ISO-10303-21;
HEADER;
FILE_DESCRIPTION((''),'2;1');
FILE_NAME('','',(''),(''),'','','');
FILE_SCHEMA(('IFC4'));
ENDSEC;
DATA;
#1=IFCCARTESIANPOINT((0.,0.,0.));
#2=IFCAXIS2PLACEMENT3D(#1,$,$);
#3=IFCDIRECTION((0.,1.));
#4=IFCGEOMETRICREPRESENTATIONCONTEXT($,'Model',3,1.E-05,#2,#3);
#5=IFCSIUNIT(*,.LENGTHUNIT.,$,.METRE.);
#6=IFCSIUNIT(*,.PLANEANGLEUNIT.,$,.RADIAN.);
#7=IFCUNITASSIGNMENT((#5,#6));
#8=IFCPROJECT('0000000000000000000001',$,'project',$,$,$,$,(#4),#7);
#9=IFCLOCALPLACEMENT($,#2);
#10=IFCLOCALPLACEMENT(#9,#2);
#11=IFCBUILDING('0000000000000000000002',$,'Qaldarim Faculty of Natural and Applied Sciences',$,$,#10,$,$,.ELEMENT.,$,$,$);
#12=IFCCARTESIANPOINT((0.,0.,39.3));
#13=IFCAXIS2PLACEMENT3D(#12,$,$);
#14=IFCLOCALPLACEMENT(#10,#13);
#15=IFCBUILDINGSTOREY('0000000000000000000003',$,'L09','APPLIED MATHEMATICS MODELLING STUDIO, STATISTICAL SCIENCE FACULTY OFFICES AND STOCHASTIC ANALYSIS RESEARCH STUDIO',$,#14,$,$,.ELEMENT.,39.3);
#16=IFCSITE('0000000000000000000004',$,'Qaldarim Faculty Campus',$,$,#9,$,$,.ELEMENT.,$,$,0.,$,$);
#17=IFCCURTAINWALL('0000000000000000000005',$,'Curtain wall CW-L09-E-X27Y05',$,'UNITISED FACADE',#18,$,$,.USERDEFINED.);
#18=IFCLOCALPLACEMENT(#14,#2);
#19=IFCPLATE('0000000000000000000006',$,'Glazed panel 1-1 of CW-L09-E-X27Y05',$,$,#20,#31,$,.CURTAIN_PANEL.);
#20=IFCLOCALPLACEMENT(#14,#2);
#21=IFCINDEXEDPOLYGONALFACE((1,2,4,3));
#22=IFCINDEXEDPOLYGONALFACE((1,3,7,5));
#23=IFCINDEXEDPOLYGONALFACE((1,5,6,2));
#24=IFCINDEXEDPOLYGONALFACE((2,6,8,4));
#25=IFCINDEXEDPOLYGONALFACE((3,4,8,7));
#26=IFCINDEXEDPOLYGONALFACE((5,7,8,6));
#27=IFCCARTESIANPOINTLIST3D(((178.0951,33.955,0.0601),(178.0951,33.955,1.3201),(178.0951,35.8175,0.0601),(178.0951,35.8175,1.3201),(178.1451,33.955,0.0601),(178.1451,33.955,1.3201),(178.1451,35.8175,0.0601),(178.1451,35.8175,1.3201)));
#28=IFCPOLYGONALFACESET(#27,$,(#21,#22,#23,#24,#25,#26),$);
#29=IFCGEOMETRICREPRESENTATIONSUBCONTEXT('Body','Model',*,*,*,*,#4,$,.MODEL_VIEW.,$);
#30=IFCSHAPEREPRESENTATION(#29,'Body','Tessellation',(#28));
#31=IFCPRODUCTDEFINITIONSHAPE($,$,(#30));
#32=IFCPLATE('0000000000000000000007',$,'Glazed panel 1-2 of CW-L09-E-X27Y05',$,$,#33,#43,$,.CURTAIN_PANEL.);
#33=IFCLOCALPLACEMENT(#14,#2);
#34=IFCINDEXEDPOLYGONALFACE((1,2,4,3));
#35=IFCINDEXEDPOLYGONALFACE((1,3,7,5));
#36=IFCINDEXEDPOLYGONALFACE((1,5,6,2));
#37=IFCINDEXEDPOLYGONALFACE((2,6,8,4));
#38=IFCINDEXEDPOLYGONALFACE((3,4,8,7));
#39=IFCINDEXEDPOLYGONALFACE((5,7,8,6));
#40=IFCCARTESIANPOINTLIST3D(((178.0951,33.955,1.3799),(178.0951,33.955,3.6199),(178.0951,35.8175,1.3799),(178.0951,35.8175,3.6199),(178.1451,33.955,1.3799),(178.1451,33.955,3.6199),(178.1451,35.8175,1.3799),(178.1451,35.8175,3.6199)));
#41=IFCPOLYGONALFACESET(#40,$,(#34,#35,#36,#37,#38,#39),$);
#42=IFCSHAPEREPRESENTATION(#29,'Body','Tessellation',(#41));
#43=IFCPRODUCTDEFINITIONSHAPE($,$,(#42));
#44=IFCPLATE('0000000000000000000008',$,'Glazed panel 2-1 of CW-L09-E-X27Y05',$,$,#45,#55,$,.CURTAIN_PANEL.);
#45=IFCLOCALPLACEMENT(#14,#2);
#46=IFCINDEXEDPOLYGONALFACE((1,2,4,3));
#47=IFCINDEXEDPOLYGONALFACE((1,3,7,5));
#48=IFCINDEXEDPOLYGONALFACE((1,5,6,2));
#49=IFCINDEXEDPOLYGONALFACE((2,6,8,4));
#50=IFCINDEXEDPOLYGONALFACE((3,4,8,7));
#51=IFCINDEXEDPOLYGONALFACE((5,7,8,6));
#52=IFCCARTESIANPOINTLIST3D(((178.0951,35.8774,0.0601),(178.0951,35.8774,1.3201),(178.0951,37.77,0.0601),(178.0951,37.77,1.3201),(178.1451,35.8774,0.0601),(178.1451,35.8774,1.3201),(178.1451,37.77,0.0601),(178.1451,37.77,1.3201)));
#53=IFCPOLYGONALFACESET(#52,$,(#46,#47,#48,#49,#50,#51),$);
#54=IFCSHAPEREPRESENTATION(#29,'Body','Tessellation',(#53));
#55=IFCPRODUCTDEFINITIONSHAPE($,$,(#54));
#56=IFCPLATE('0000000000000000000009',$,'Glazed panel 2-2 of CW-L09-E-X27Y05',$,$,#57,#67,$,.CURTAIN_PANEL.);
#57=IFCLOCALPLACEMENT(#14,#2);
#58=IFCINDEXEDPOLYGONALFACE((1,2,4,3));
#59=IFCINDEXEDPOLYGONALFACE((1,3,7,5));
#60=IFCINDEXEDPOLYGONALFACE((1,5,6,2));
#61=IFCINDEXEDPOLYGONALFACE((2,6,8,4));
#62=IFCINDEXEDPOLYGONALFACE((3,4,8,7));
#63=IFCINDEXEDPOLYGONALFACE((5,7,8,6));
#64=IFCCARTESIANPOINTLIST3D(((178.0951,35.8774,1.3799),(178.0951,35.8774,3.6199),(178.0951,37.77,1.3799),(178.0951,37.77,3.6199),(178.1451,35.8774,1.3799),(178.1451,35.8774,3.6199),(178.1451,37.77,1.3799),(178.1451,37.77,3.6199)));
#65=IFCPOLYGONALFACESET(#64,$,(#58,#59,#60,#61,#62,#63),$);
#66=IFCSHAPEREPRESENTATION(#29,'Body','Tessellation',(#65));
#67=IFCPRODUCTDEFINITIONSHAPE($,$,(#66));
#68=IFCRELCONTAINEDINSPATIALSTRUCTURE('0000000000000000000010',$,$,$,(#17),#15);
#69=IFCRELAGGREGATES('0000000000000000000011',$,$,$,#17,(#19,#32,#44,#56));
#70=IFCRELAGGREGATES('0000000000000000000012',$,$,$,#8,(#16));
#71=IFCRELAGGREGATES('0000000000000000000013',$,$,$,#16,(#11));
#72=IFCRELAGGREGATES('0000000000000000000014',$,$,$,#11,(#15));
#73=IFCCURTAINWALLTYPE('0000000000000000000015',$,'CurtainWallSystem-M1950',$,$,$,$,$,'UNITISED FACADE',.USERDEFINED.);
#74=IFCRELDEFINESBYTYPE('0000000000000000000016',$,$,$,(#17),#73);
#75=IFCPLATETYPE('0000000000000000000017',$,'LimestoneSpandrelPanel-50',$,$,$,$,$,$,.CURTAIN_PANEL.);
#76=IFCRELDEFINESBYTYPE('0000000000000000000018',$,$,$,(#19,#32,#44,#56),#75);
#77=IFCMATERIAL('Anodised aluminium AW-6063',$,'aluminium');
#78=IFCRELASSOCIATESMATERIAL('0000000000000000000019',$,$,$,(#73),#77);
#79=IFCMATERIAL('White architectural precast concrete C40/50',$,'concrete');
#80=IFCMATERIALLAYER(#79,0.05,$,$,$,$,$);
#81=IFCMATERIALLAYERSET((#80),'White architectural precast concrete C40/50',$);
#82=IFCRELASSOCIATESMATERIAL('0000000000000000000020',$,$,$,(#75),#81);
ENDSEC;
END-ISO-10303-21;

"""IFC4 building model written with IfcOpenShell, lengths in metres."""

from ifc_helpers import new_model, si_unit, direction, frame, origin, origin_2d, place, context, subcontext, project, spatial, rectangle, extrude, material, layer, layer_set, type_object, element, aggregate, save


model = new_model("IFC4")

# Units and contexts
model_context = context("Model", 3, precision=1e-05, world=origin(), true_north=direction((0.0, 1.0)))
body_context = subcontext(model_context, "Body", "Model", "MODEL_VIEW")
ifc_project = project(units=[si_unit("LENGTHUNIT", "METRE"), si_unit("PLANEANGLEUNIT", "RADIAN")], contexts=[model_context])

# Site, building, storey
site_placement = place(None, origin())
site = spatial("IfcSite", under=ifc_project, at=site_placement, Name="Qaldarim Faculty Campus", CompositionType="ELEMENT", RefElevation=0.0)
building_placement = place(site_placement, origin())
building = spatial("IfcBuilding", under=site, at=building_placement, Name="Qaldarim Faculty of Natural and Applied Sciences", CompositionType="ELEMENT")
storey_placement = place(building_placement, frame((0.0, 0.0, 39.3)))
storey = spatial("IfcBuildingStorey", under=building, at=storey_placement, Name="L09", Description="APPLIED MATHEMATICS MODELLING STUDIO, STATISTICAL SCIENCE FACULTY OFFICES AND STOCHASTIC ANALYSIS RESEARCH STUDIO", CompositionType="ELEMENT", Elevation=39.3)

# Curtain wall
ifc_material_1 = material(Name="Anodised aluminium AW-6063", Category="aluminium")
curtain_wall_type = type_object("IfcCurtainWallType", Name="CurtainWallSystem-M1950", ElementType="UNITISED FACADE", PredefinedType="USERDEFINED", material=ifc_material_1)
curtain_wall_placement = place(storey_placement, origin())
curtain_wall = element("IfcCurtainWall", 1, at=curtain_wall_placement, inside=storey, type_object=curtain_wall_type, Name="Curtain wall CW-L09-E-X27Y05", ObjectType="UNITISED FACADE", PredefinedType="USERDEFINED")

# Plates
ifc_material_2 = material(Name="White architectural precast concrete C40/50", Category="concrete")
ifc_layer = layer(ifc_material_2, 0.05)
ifc_layer_set = layer_set([ifc_layer], Name="White architectural precast concrete C40/50")
plate_type = type_object("IfcPlateType", Name="LimestoneSpandrelPanel-50", PredefinedType="CURTAIN_PANEL", material=ifc_layer_set)
plate_1_placement = place(storey_placement, frame((178.1201, 34.8862, 0.0601), z_axis=(0.0, 0.0, 1.0), x_axis=(0.0, 1.0, 0.0)))
plate_1 = element("IfcPlate", 2, at=plate_1_placement, type_object=plate_type, Name="Glazed panel 1-1 of CW-L09-E-X27Y05", PredefinedType="CURTAIN_PANEL", context=body_context, shape_type="SweptSolid", body=[
    extrude(rectangle(XDim=1.8625, YDim=0.05, at=origin_2d()), origin(), (0.0, 0.0, 1.0), 1.26),
])
plate_2_placement = place(storey_placement, frame((178.1201, 34.8862, 1.3799), z_axis=(0.0, 0.0, 1.0), x_axis=(0.0, 1.0, 0.0)))
plate_2 = element("IfcPlate", 3, at=plate_2_placement, type_object=plate_type, Name="Glazed panel 1-2 of CW-L09-E-X27Y05", PredefinedType="CURTAIN_PANEL", context=body_context, shape_type="SweptSolid", body=[
    extrude(rectangle(XDim=1.8625, YDim=0.05, at=origin_2d()), origin(), (0.0, 0.0, 1.0), 2.24),
])
plate_3_placement = place(storey_placement, frame((178.1201, 36.8237, 0.0601), z_axis=(0.0, 0.0, 1.0), x_axis=(0.0, 1.0, 0.0)))
plate_3 = element("IfcPlate", 4, at=plate_3_placement, type_object=plate_type, Name="Glazed panel 2-1 of CW-L09-E-X27Y05", PredefinedType="CURTAIN_PANEL", context=body_context, shape_type="SweptSolid", body=[
    extrude(rectangle(XDim=1.8926, YDim=0.05, at=origin_2d()), origin(), (0.0, 0.0, 1.0), 1.26),
])
plate_4_placement = place(storey_placement, frame((178.1201, 36.8237, 1.3799), z_axis=(0.0, 0.0, 1.0), x_axis=(0.0, 1.0, 0.0)))
plate_4 = element("IfcPlate", 5, at=plate_4_placement, type_object=plate_type, Name="Glazed panel 2-2 of CW-L09-E-X27Y05", PredefinedType="CURTAIN_PANEL", context=body_context, shape_type="SweptSolid", body=[
    extrude(rectangle(XDim=1.8926, YDim=0.05, at=origin_2d()), origin(), (0.0, 0.0, 1.0), 2.24),
])
aggregate(curtain_wall, [plate_1, plate_2, plate_3, plate_4])

save(model, "model.ifc")
